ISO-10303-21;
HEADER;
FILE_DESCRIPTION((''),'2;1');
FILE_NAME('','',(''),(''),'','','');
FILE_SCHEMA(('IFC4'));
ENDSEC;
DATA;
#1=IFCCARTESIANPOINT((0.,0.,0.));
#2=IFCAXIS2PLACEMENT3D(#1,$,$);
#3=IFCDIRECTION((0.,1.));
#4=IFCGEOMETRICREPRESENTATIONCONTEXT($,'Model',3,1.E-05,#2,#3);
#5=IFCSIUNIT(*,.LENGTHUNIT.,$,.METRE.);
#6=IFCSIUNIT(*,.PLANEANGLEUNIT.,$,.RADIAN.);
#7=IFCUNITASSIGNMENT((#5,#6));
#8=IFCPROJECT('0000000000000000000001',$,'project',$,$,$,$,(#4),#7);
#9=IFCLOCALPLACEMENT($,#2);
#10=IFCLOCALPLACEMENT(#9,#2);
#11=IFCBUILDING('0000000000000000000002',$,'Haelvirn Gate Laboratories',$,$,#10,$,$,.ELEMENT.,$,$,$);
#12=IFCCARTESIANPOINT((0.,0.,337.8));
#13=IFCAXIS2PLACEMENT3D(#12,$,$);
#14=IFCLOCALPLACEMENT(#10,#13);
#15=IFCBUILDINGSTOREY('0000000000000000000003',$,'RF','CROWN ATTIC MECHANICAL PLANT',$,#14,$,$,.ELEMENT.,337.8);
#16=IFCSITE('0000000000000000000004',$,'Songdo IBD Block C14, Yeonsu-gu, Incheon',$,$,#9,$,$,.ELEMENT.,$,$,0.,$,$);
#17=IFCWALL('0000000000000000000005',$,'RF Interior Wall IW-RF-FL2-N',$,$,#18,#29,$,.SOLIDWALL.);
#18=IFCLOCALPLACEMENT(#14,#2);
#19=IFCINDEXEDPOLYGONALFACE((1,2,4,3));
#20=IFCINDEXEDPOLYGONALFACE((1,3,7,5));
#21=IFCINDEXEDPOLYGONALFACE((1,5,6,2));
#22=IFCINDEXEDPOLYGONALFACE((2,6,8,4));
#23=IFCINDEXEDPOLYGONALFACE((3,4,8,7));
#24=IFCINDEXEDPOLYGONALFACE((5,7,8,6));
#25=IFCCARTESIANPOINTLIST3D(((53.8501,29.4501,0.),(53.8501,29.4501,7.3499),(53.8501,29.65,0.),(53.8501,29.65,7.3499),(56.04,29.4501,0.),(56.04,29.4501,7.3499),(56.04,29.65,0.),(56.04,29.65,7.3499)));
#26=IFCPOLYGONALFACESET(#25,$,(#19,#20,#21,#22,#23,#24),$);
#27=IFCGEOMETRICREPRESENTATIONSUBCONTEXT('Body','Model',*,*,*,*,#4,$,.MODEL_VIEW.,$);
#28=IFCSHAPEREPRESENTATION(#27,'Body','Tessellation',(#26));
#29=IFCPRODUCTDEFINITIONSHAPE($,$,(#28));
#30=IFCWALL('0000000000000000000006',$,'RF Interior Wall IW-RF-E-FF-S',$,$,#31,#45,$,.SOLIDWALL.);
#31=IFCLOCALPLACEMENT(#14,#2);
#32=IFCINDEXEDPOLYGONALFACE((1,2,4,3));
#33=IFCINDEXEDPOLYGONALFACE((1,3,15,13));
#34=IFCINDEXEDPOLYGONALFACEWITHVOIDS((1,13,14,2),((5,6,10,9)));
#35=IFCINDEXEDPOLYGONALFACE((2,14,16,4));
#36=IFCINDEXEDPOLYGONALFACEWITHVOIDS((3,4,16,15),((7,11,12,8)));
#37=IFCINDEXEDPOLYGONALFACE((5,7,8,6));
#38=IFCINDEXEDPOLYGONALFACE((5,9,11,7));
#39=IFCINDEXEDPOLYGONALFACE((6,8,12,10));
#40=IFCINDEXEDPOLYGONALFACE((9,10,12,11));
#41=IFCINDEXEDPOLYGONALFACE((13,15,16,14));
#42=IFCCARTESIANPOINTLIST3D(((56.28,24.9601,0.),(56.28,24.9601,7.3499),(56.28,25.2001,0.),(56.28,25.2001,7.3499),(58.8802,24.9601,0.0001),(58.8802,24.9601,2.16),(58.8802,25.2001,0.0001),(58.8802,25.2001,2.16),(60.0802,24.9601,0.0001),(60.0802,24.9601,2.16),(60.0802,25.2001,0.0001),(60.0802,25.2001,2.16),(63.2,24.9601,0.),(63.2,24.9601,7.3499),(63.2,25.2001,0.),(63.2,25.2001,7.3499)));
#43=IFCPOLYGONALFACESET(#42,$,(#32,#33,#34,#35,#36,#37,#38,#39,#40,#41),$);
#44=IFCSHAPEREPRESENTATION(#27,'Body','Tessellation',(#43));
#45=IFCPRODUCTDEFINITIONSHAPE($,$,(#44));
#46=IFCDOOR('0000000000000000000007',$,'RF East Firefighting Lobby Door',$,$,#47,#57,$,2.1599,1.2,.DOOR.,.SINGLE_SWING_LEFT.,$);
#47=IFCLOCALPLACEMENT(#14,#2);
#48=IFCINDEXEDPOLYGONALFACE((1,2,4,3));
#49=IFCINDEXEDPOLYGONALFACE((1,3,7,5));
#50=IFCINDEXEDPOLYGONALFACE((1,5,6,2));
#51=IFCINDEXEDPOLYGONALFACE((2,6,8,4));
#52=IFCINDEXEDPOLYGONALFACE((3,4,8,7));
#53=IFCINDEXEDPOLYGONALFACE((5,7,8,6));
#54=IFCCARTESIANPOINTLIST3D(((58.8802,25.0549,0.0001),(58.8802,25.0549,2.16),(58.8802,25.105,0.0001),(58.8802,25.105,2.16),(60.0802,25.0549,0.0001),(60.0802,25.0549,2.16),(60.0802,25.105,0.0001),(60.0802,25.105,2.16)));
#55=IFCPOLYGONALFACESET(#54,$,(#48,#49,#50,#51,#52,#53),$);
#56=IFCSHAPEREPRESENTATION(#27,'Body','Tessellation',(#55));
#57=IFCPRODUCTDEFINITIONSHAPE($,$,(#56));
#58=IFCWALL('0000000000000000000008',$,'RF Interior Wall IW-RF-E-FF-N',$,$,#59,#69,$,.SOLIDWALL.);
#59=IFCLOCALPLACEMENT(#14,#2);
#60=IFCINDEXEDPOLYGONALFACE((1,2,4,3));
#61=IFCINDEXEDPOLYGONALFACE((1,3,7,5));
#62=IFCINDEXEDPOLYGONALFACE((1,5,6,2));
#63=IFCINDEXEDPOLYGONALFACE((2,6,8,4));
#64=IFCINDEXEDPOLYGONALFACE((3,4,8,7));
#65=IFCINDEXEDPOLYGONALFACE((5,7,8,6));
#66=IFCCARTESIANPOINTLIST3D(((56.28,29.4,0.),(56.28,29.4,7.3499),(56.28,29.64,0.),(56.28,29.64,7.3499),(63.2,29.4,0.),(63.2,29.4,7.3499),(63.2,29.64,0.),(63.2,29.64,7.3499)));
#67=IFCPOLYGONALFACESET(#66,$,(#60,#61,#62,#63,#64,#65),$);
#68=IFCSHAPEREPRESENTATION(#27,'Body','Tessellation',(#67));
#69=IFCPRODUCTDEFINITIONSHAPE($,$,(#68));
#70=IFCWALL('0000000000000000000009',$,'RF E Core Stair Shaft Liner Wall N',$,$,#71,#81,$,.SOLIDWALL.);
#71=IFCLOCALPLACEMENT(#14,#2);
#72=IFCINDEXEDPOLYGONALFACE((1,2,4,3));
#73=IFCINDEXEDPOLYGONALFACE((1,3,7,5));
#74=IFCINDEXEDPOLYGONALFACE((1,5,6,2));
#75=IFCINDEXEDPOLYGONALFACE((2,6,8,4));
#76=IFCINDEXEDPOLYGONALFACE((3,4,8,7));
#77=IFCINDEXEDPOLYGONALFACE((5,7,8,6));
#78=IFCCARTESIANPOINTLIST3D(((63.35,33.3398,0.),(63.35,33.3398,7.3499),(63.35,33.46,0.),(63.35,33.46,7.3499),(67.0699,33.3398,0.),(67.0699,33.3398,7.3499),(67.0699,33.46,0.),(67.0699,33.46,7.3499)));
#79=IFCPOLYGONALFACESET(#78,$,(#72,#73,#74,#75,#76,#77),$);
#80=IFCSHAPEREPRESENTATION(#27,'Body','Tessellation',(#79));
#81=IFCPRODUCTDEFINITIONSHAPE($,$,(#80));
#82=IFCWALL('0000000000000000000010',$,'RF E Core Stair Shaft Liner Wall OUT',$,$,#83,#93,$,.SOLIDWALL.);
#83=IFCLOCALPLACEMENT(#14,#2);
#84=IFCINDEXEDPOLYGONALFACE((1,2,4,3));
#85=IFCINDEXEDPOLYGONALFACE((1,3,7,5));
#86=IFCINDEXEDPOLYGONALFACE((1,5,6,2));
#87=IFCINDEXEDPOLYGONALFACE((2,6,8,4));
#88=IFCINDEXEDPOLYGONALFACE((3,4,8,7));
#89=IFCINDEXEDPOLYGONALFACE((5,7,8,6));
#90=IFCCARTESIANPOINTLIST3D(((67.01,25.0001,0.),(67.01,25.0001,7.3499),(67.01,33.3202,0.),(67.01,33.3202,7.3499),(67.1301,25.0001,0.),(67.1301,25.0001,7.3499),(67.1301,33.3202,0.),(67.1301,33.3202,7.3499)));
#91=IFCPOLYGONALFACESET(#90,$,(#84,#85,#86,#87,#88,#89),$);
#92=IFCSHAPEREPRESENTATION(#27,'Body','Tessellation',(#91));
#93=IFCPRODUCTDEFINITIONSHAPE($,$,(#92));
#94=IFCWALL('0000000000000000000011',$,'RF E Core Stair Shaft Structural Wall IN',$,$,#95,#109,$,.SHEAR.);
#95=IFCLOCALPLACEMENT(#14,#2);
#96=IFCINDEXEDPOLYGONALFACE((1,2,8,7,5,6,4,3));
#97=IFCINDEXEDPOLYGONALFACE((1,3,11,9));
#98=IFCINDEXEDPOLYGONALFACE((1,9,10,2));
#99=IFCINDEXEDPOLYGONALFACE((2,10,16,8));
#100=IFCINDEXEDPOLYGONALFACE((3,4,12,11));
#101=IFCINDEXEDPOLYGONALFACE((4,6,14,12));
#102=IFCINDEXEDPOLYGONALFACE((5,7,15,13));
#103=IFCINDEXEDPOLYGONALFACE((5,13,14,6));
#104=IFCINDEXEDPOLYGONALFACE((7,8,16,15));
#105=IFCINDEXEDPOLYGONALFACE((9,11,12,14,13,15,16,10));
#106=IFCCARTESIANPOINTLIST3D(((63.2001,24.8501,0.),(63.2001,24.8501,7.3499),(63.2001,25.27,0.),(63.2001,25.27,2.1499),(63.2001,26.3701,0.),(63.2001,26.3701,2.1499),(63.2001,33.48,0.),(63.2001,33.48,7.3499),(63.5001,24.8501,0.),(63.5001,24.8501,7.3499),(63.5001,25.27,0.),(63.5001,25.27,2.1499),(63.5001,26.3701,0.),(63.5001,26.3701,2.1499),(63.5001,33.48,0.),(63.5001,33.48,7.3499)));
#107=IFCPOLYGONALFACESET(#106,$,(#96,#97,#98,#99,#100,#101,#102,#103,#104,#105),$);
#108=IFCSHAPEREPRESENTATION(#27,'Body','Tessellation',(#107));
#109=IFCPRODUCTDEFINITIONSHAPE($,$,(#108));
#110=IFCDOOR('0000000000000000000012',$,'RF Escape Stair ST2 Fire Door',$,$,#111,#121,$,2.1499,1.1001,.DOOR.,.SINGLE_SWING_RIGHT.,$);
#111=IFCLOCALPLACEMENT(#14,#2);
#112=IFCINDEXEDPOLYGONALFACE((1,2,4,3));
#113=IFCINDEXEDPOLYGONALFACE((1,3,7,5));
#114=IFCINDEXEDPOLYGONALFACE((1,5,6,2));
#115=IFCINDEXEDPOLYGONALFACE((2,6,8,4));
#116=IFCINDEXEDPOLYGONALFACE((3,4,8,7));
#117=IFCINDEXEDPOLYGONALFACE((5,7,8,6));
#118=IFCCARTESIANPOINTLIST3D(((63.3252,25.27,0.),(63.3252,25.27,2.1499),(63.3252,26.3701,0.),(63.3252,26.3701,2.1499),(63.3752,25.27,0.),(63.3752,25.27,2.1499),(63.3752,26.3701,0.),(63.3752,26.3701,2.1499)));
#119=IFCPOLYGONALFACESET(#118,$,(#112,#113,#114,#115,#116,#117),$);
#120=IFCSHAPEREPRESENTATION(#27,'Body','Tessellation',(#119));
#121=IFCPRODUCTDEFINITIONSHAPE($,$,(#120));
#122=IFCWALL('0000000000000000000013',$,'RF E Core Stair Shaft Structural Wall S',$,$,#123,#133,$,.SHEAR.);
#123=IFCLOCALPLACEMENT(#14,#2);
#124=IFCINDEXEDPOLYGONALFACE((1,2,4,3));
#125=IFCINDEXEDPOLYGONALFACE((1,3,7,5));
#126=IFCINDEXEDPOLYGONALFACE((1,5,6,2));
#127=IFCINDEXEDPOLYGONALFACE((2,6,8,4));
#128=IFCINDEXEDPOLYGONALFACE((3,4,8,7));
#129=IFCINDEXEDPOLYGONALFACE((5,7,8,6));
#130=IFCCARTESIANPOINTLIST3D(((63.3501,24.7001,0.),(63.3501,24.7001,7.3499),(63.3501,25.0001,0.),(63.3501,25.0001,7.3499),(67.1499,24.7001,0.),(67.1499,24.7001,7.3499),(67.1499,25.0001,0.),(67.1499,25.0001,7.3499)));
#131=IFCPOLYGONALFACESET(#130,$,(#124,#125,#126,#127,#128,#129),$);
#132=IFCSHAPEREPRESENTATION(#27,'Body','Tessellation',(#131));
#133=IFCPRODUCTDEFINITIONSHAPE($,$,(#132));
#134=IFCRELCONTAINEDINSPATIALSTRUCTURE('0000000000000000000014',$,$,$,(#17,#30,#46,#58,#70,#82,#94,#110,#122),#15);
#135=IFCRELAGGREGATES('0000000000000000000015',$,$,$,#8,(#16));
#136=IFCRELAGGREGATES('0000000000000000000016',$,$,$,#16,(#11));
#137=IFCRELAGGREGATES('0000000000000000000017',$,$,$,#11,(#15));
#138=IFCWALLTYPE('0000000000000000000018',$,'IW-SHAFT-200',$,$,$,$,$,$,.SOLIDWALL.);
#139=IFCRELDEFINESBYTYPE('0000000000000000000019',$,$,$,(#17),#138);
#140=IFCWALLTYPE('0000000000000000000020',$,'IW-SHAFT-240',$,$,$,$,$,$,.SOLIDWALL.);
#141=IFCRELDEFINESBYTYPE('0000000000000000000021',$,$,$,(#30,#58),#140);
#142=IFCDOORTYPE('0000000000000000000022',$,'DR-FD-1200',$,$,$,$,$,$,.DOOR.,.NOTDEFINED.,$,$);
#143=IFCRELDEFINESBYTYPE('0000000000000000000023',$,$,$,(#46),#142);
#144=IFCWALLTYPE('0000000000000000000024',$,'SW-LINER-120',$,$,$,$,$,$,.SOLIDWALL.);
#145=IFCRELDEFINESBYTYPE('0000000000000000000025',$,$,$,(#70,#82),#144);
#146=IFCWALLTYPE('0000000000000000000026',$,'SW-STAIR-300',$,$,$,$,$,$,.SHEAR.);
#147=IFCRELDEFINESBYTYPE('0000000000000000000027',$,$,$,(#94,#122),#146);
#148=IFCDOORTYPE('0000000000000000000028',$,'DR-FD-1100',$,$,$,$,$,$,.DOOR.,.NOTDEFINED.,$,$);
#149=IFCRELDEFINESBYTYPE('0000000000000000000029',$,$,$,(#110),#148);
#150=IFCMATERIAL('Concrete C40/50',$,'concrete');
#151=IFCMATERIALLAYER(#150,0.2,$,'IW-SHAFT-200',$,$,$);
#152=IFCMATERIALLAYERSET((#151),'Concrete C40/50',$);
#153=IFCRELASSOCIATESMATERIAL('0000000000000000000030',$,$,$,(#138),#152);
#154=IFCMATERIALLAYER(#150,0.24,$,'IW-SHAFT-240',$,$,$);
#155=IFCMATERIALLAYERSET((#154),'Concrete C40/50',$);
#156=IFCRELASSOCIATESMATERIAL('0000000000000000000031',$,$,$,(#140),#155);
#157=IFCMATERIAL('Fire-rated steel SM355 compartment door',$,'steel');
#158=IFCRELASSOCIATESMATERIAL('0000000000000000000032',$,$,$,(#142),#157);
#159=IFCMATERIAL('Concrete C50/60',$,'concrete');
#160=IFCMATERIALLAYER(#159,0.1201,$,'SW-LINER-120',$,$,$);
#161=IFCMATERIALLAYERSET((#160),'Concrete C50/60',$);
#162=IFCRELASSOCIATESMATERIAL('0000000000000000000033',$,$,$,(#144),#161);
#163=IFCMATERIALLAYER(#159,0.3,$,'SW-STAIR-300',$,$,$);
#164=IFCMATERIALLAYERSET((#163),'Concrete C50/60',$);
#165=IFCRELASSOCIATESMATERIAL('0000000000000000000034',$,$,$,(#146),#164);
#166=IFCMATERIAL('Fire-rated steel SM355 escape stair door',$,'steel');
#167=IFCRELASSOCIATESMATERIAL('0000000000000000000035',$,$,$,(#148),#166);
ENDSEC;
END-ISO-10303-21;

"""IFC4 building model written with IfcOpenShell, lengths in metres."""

from ifc_helpers import new_model, si_unit, direction, frame, frame_2d, origin, place, context, subcontext, project, spatial, rectangle, extrude, source, transform, mapped, material, layer, layer_set, type_object, type_shapes, element, fill, save


model = new_model("IFC4")

# Units and contexts
model_context = context("Model", 3, precision=1e-05, world=origin(), true_north=direction((0.0, 1.0)))
body_context = subcontext(model_context, "Body", "Model", "MODEL_VIEW")
ifc_project = project(units=[si_unit("LENGTHUNIT", "METRE"), si_unit("PLANEANGLEUNIT", "RADIAN")], contexts=[model_context])

# Site, building, storey
site_placement = place(None, origin())
site = spatial("IfcSite", under=ifc_project, at=site_placement, Name="Songdo IBD Block C14, Yeonsu-gu, Incheon", CompositionType="ELEMENT", RefElevation=0.0)
building_placement = place(site_placement, origin())
building = spatial("IfcBuilding", under=site, at=building_placement, Name="Haelvirn Gate Laboratories", CompositionType="ELEMENT")
storey_placement = place(building_placement, frame((0.0, 0.0, 337.8)))
storey = spatial("IfcBuildingStorey", under=building, at=storey_placement, Name="RF", Description="CROWN ATTIC MECHANICAL PLANT", CompositionType="ELEMENT", Elevation=337.8)

# Wall
ifc_material_1 = material(Name="Concrete C40/50", Category="concrete")
ifc_layer_1 = layer(ifc_material_1, 0.2, Name="IW-SHAFT-200")
ifc_layer_set_1 = layer_set([ifc_layer_1], Name="Concrete C40/50")
wall_type_1 = type_object("IfcWallType", Name="IW-SHAFT-200", PredefinedType="SOLIDWALL", material=ifc_layer_set_1)
wall_1_placement = place(storey_placement, frame((53.8501, 29.55, 0.0), z_axis=(0.0, 0.0, 1.0), x_axis=(1.0, 0.0, 0.0)))
element("IfcWall", 1, at=wall_1_placement, inside=storey, type_object=wall_type_1, Name="RF Interior Wall IW-RF-FL2-N", PredefinedType="SOLIDWALL", context=body_context, shape_type="SweptSolid", body=[
    extrude(rectangle(XDim=2.1899, YDim=0.2, at=frame_2d((1.095, 0.0))), origin(), (0.0, 0.0, 1.0), 7.3499),
])

# Wall, opening, door
ifc_layer_2 = layer(ifc_material_1, 0.24, Name="IW-SHAFT-240")
ifc_layer_set_2 = layer_set([ifc_layer_2], Name="Concrete C40/50")
wall_type_2 = type_object("IfcWallType", Name="IW-SHAFT-240", PredefinedType="SOLIDWALL", material=ifc_layer_set_2)
wall_2_placement = place(storey_placement, frame((56.28, 25.0801, 0.0), z_axis=(0.0, 0.0, 1.0), x_axis=(1.0, 0.0, 0.0)))
wall_2 = element("IfcWall", 2, at=wall_2_placement, inside=storey, type_object=wall_type_2, Name="RF Interior Wall IW-RF-E-FF-S", PredefinedType="SOLIDWALL", context=body_context, shape_type="SweptSolid", body=[
    extrude(rectangle(XDim=6.9199, YDim=0.24, at=frame_2d((3.46, 0.0))), origin(), (0.0, 0.0, 1.0), 7.3499),
])
opening_1_placement = place(wall_2_placement, frame((2.6001, 0.0, 0.0)))
opening_1 = element("IfcOpeningElement", 3, at=opening_1_placement, cuts=wall_2, PredefinedType="OPENING", context=body_context, shape_type="SweptSolid", body=[
    extrude(rectangle(XDim=1.2, YDim=2.1599, at=frame_2d((0.6001, 1.0801))), frame((0.0, 0.1299, 0.0), z_axis=(0.0, -1.0, 0.0), x_axis=(1.0, 0.0, 0.0)), (0.0, 0.0, 1.0), 0.26),
])
ifc_material_2 = material(Name="Fire-rated steel SM355 compartment door", Category="steel")
door_type_1 = type_object("IfcDoorType", Name="DR-FD-1200", OperationType="NOTDEFINED", PredefinedType="DOOR", material=ifc_material_2)
shared_shape_1 = source(origin(), body_context, "Body", "SweptSolid", [
    extrude(rectangle(XDim=1.2, YDim=2.1599, at=frame_2d((0.6001, 1.0801))), frame((0.0, 0.0249, 0.0), z_axis=(0.0, -1.0, 0.0), x_axis=(1.0, 0.0, 0.0)), (0.0, 0.0, 1.0), 0.05),
])
type_shapes(door_type_1, [shared_shape_1])
door_1_placement = place(opening_1_placement, origin())
door_1 = element("IfcDoor", 4, at=door_1_placement, inside=storey, type_object=door_type_1, Name="RF East Firefighting Lobby Door", OperationType="SINGLE_SWING_LEFT", OverallHeight=2.1599, OverallWidth=1.2, PredefinedType="DOOR", context=body_context, shape_type="MappedRepresentation", body=[
    mapped(shared_shape_1, transform((0.0, 0.0, 0.0), scale=1.0)),
])
fill(opening_1, door_1)

# Walls
wall_3_placement = place(storey_placement, frame((56.28, 29.52, 0.0), z_axis=(0.0, 0.0, 1.0), x_axis=(1.0, 0.0, 0.0)))
element("IfcWall", 5, at=wall_3_placement, inside=storey, type_object=wall_type_2, Name="RF Interior Wall IW-RF-E-FF-N", PredefinedType="SOLIDWALL", context=body_context, shape_type="SweptSolid", body=[
    extrude(rectangle(XDim=6.9199, YDim=0.24, at=frame_2d((3.46, 0.0))), origin(), (0.0, 0.0, 1.0), 7.3499),
])
ifc_material_3 = material(Name="Concrete C50/60", Category="concrete")
ifc_layer_3 = layer(ifc_material_3, 0.1201, Name="SW-LINER-120")
ifc_layer_set_3 = layer_set([ifc_layer_3], Name="Concrete C50/60")
wall_type_3 = type_object("IfcWallType", Name="SW-LINER-120", PredefinedType="SOLIDWALL", material=ifc_layer_set_3)
wall_4_placement = place(storey_placement, frame((63.3501, 33.3999, 0.0), z_axis=(0.0, 0.0, 1.0), x_axis=(1.0, 0.0, 0.0)))
element("IfcWall", 6, at=wall_4_placement, inside=storey, type_object=wall_type_3, Name="RF E Core Stair Shaft Liner Wall N", PredefinedType="SOLIDWALL", context=body_context, shape_type="SweptSolid", body=[
    extrude(rectangle(XDim=3.72, YDim=0.1201, at=frame_2d((1.8599, 0.0))), origin(), (0.0, 0.0, 1.0), 7.3499),
])
wall_5_placement = place(storey_placement, frame((67.0701, 25.0, 0.0), z_axis=(0.0, 0.0, 1.0), x_axis=(0.0, 1.0, 0.0)))
element("IfcWall", 7, at=wall_5_placement, inside=storey, type_object=wall_type_3, Name="RF E Core Stair Shaft Liner Wall OUT", PredefinedType="SOLIDWALL", context=body_context, shape_type="SweptSolid", body=[
    extrude(rectangle(XDim=8.3201, YDim=0.1201, at=frame_2d((4.1602, 0.0))), origin(), (0.0, 0.0, 1.0), 7.3499),
])

# Wall, opening, door
ifc_layer_4 = layer(ifc_material_3, 0.3, Name="SW-STAIR-300")
ifc_layer_set_4 = layer_set([ifc_layer_4], Name="Concrete C50/60")
wall_type_4 = type_object("IfcWallType", Name="SW-STAIR-300", PredefinedType="SHEAR", material=ifc_layer_set_4)
wall_6_placement = place(storey_placement, frame((63.3501, 24.8501, 0.0), z_axis=(0.0, 0.0, 1.0), x_axis=(0.0, 1.0, 0.0)))
wall_6 = element("IfcWall", 8, at=wall_6_placement, inside=storey, type_object=wall_type_4, Name="RF E Core Stair Shaft Structural Wall IN", PredefinedType="SHEAR", context=body_context, shape_type="SweptSolid", body=[
    extrude(rectangle(XDim=8.6299, YDim=0.3, at=frame_2d((4.3149, 0.0))), origin(), (0.0, 0.0, 1.0), 7.3499),
])
opening_2_placement = place(wall_6_placement, frame((0.4199, 0.0, 0.0)))
opening_2 = element("IfcOpeningElement", 9, at=opening_2_placement, cuts=wall_6, PredefinedType="OPENING", context=body_context, shape_type="SweptSolid", body=[
    extrude(rectangle(XDim=1.1001, YDim=2.1499, at=frame_2d((0.55, 1.075))), frame((0.0, 0.1602, 0.0), z_axis=(0.0, -1.0, 0.0), x_axis=(1.0, 0.0, 0.0)), (0.0, 0.0, 1.0), 0.3201),
])
ifc_material_4 = material(Name="Fire-rated steel SM355 escape stair door", Category="steel")
door_type_2 = type_object("IfcDoorType", Name="DR-FD-1100", OperationType="NOTDEFINED", PredefinedType="DOOR", material=ifc_material_4)
shared_shape_2 = source(origin(), body_context, "Body", "SweptSolid", [
    extrude(rectangle(XDim=1.1001, YDim=2.1499, at=frame_2d((0.55, 1.075))), frame((0.0, 0.0249, 0.0), z_axis=(0.0, -1.0, 0.0), x_axis=(1.0, 0.0, 0.0)), (0.0, 0.0, 1.0), 0.05),
])
type_shapes(door_type_2, [shared_shape_2])
door_2_placement = place(opening_2_placement, origin())
door_2 = element("IfcDoor", 10, at=door_2_placement, inside=storey, type_object=door_type_2, Name="RF Escape Stair ST2 Fire Door", OperationType="SINGLE_SWING_RIGHT", OverallHeight=2.1499, OverallWidth=1.1001, PredefinedType="DOOR", context=body_context, shape_type="MappedRepresentation", body=[
    mapped(shared_shape_2, transform((0.0, 0.0, 0.0), scale=1.0)),
])
fill(opening_2, door_2)

# Wall
wall_7_placement = place(storey_placement, frame((63.3501, 24.8501, 0.0), z_axis=(0.0, 0.0, 1.0), x_axis=(1.0, 0.0, 0.0)))
element("IfcWall", 11, at=wall_7_placement, inside=storey, type_object=wall_type_4, Name="RF E Core Stair Shaft Structural Wall S", PredefinedType="SHEAR", context=body_context, shape_type="SweptSolid", body=[
    extrude(rectangle(XDim=3.7998, YDim=0.3, at=frame_2d((1.8999, 0.0))), origin(), (0.0, 0.0, 1.0), 7.3499),
])

save(model, "model.ifc")
